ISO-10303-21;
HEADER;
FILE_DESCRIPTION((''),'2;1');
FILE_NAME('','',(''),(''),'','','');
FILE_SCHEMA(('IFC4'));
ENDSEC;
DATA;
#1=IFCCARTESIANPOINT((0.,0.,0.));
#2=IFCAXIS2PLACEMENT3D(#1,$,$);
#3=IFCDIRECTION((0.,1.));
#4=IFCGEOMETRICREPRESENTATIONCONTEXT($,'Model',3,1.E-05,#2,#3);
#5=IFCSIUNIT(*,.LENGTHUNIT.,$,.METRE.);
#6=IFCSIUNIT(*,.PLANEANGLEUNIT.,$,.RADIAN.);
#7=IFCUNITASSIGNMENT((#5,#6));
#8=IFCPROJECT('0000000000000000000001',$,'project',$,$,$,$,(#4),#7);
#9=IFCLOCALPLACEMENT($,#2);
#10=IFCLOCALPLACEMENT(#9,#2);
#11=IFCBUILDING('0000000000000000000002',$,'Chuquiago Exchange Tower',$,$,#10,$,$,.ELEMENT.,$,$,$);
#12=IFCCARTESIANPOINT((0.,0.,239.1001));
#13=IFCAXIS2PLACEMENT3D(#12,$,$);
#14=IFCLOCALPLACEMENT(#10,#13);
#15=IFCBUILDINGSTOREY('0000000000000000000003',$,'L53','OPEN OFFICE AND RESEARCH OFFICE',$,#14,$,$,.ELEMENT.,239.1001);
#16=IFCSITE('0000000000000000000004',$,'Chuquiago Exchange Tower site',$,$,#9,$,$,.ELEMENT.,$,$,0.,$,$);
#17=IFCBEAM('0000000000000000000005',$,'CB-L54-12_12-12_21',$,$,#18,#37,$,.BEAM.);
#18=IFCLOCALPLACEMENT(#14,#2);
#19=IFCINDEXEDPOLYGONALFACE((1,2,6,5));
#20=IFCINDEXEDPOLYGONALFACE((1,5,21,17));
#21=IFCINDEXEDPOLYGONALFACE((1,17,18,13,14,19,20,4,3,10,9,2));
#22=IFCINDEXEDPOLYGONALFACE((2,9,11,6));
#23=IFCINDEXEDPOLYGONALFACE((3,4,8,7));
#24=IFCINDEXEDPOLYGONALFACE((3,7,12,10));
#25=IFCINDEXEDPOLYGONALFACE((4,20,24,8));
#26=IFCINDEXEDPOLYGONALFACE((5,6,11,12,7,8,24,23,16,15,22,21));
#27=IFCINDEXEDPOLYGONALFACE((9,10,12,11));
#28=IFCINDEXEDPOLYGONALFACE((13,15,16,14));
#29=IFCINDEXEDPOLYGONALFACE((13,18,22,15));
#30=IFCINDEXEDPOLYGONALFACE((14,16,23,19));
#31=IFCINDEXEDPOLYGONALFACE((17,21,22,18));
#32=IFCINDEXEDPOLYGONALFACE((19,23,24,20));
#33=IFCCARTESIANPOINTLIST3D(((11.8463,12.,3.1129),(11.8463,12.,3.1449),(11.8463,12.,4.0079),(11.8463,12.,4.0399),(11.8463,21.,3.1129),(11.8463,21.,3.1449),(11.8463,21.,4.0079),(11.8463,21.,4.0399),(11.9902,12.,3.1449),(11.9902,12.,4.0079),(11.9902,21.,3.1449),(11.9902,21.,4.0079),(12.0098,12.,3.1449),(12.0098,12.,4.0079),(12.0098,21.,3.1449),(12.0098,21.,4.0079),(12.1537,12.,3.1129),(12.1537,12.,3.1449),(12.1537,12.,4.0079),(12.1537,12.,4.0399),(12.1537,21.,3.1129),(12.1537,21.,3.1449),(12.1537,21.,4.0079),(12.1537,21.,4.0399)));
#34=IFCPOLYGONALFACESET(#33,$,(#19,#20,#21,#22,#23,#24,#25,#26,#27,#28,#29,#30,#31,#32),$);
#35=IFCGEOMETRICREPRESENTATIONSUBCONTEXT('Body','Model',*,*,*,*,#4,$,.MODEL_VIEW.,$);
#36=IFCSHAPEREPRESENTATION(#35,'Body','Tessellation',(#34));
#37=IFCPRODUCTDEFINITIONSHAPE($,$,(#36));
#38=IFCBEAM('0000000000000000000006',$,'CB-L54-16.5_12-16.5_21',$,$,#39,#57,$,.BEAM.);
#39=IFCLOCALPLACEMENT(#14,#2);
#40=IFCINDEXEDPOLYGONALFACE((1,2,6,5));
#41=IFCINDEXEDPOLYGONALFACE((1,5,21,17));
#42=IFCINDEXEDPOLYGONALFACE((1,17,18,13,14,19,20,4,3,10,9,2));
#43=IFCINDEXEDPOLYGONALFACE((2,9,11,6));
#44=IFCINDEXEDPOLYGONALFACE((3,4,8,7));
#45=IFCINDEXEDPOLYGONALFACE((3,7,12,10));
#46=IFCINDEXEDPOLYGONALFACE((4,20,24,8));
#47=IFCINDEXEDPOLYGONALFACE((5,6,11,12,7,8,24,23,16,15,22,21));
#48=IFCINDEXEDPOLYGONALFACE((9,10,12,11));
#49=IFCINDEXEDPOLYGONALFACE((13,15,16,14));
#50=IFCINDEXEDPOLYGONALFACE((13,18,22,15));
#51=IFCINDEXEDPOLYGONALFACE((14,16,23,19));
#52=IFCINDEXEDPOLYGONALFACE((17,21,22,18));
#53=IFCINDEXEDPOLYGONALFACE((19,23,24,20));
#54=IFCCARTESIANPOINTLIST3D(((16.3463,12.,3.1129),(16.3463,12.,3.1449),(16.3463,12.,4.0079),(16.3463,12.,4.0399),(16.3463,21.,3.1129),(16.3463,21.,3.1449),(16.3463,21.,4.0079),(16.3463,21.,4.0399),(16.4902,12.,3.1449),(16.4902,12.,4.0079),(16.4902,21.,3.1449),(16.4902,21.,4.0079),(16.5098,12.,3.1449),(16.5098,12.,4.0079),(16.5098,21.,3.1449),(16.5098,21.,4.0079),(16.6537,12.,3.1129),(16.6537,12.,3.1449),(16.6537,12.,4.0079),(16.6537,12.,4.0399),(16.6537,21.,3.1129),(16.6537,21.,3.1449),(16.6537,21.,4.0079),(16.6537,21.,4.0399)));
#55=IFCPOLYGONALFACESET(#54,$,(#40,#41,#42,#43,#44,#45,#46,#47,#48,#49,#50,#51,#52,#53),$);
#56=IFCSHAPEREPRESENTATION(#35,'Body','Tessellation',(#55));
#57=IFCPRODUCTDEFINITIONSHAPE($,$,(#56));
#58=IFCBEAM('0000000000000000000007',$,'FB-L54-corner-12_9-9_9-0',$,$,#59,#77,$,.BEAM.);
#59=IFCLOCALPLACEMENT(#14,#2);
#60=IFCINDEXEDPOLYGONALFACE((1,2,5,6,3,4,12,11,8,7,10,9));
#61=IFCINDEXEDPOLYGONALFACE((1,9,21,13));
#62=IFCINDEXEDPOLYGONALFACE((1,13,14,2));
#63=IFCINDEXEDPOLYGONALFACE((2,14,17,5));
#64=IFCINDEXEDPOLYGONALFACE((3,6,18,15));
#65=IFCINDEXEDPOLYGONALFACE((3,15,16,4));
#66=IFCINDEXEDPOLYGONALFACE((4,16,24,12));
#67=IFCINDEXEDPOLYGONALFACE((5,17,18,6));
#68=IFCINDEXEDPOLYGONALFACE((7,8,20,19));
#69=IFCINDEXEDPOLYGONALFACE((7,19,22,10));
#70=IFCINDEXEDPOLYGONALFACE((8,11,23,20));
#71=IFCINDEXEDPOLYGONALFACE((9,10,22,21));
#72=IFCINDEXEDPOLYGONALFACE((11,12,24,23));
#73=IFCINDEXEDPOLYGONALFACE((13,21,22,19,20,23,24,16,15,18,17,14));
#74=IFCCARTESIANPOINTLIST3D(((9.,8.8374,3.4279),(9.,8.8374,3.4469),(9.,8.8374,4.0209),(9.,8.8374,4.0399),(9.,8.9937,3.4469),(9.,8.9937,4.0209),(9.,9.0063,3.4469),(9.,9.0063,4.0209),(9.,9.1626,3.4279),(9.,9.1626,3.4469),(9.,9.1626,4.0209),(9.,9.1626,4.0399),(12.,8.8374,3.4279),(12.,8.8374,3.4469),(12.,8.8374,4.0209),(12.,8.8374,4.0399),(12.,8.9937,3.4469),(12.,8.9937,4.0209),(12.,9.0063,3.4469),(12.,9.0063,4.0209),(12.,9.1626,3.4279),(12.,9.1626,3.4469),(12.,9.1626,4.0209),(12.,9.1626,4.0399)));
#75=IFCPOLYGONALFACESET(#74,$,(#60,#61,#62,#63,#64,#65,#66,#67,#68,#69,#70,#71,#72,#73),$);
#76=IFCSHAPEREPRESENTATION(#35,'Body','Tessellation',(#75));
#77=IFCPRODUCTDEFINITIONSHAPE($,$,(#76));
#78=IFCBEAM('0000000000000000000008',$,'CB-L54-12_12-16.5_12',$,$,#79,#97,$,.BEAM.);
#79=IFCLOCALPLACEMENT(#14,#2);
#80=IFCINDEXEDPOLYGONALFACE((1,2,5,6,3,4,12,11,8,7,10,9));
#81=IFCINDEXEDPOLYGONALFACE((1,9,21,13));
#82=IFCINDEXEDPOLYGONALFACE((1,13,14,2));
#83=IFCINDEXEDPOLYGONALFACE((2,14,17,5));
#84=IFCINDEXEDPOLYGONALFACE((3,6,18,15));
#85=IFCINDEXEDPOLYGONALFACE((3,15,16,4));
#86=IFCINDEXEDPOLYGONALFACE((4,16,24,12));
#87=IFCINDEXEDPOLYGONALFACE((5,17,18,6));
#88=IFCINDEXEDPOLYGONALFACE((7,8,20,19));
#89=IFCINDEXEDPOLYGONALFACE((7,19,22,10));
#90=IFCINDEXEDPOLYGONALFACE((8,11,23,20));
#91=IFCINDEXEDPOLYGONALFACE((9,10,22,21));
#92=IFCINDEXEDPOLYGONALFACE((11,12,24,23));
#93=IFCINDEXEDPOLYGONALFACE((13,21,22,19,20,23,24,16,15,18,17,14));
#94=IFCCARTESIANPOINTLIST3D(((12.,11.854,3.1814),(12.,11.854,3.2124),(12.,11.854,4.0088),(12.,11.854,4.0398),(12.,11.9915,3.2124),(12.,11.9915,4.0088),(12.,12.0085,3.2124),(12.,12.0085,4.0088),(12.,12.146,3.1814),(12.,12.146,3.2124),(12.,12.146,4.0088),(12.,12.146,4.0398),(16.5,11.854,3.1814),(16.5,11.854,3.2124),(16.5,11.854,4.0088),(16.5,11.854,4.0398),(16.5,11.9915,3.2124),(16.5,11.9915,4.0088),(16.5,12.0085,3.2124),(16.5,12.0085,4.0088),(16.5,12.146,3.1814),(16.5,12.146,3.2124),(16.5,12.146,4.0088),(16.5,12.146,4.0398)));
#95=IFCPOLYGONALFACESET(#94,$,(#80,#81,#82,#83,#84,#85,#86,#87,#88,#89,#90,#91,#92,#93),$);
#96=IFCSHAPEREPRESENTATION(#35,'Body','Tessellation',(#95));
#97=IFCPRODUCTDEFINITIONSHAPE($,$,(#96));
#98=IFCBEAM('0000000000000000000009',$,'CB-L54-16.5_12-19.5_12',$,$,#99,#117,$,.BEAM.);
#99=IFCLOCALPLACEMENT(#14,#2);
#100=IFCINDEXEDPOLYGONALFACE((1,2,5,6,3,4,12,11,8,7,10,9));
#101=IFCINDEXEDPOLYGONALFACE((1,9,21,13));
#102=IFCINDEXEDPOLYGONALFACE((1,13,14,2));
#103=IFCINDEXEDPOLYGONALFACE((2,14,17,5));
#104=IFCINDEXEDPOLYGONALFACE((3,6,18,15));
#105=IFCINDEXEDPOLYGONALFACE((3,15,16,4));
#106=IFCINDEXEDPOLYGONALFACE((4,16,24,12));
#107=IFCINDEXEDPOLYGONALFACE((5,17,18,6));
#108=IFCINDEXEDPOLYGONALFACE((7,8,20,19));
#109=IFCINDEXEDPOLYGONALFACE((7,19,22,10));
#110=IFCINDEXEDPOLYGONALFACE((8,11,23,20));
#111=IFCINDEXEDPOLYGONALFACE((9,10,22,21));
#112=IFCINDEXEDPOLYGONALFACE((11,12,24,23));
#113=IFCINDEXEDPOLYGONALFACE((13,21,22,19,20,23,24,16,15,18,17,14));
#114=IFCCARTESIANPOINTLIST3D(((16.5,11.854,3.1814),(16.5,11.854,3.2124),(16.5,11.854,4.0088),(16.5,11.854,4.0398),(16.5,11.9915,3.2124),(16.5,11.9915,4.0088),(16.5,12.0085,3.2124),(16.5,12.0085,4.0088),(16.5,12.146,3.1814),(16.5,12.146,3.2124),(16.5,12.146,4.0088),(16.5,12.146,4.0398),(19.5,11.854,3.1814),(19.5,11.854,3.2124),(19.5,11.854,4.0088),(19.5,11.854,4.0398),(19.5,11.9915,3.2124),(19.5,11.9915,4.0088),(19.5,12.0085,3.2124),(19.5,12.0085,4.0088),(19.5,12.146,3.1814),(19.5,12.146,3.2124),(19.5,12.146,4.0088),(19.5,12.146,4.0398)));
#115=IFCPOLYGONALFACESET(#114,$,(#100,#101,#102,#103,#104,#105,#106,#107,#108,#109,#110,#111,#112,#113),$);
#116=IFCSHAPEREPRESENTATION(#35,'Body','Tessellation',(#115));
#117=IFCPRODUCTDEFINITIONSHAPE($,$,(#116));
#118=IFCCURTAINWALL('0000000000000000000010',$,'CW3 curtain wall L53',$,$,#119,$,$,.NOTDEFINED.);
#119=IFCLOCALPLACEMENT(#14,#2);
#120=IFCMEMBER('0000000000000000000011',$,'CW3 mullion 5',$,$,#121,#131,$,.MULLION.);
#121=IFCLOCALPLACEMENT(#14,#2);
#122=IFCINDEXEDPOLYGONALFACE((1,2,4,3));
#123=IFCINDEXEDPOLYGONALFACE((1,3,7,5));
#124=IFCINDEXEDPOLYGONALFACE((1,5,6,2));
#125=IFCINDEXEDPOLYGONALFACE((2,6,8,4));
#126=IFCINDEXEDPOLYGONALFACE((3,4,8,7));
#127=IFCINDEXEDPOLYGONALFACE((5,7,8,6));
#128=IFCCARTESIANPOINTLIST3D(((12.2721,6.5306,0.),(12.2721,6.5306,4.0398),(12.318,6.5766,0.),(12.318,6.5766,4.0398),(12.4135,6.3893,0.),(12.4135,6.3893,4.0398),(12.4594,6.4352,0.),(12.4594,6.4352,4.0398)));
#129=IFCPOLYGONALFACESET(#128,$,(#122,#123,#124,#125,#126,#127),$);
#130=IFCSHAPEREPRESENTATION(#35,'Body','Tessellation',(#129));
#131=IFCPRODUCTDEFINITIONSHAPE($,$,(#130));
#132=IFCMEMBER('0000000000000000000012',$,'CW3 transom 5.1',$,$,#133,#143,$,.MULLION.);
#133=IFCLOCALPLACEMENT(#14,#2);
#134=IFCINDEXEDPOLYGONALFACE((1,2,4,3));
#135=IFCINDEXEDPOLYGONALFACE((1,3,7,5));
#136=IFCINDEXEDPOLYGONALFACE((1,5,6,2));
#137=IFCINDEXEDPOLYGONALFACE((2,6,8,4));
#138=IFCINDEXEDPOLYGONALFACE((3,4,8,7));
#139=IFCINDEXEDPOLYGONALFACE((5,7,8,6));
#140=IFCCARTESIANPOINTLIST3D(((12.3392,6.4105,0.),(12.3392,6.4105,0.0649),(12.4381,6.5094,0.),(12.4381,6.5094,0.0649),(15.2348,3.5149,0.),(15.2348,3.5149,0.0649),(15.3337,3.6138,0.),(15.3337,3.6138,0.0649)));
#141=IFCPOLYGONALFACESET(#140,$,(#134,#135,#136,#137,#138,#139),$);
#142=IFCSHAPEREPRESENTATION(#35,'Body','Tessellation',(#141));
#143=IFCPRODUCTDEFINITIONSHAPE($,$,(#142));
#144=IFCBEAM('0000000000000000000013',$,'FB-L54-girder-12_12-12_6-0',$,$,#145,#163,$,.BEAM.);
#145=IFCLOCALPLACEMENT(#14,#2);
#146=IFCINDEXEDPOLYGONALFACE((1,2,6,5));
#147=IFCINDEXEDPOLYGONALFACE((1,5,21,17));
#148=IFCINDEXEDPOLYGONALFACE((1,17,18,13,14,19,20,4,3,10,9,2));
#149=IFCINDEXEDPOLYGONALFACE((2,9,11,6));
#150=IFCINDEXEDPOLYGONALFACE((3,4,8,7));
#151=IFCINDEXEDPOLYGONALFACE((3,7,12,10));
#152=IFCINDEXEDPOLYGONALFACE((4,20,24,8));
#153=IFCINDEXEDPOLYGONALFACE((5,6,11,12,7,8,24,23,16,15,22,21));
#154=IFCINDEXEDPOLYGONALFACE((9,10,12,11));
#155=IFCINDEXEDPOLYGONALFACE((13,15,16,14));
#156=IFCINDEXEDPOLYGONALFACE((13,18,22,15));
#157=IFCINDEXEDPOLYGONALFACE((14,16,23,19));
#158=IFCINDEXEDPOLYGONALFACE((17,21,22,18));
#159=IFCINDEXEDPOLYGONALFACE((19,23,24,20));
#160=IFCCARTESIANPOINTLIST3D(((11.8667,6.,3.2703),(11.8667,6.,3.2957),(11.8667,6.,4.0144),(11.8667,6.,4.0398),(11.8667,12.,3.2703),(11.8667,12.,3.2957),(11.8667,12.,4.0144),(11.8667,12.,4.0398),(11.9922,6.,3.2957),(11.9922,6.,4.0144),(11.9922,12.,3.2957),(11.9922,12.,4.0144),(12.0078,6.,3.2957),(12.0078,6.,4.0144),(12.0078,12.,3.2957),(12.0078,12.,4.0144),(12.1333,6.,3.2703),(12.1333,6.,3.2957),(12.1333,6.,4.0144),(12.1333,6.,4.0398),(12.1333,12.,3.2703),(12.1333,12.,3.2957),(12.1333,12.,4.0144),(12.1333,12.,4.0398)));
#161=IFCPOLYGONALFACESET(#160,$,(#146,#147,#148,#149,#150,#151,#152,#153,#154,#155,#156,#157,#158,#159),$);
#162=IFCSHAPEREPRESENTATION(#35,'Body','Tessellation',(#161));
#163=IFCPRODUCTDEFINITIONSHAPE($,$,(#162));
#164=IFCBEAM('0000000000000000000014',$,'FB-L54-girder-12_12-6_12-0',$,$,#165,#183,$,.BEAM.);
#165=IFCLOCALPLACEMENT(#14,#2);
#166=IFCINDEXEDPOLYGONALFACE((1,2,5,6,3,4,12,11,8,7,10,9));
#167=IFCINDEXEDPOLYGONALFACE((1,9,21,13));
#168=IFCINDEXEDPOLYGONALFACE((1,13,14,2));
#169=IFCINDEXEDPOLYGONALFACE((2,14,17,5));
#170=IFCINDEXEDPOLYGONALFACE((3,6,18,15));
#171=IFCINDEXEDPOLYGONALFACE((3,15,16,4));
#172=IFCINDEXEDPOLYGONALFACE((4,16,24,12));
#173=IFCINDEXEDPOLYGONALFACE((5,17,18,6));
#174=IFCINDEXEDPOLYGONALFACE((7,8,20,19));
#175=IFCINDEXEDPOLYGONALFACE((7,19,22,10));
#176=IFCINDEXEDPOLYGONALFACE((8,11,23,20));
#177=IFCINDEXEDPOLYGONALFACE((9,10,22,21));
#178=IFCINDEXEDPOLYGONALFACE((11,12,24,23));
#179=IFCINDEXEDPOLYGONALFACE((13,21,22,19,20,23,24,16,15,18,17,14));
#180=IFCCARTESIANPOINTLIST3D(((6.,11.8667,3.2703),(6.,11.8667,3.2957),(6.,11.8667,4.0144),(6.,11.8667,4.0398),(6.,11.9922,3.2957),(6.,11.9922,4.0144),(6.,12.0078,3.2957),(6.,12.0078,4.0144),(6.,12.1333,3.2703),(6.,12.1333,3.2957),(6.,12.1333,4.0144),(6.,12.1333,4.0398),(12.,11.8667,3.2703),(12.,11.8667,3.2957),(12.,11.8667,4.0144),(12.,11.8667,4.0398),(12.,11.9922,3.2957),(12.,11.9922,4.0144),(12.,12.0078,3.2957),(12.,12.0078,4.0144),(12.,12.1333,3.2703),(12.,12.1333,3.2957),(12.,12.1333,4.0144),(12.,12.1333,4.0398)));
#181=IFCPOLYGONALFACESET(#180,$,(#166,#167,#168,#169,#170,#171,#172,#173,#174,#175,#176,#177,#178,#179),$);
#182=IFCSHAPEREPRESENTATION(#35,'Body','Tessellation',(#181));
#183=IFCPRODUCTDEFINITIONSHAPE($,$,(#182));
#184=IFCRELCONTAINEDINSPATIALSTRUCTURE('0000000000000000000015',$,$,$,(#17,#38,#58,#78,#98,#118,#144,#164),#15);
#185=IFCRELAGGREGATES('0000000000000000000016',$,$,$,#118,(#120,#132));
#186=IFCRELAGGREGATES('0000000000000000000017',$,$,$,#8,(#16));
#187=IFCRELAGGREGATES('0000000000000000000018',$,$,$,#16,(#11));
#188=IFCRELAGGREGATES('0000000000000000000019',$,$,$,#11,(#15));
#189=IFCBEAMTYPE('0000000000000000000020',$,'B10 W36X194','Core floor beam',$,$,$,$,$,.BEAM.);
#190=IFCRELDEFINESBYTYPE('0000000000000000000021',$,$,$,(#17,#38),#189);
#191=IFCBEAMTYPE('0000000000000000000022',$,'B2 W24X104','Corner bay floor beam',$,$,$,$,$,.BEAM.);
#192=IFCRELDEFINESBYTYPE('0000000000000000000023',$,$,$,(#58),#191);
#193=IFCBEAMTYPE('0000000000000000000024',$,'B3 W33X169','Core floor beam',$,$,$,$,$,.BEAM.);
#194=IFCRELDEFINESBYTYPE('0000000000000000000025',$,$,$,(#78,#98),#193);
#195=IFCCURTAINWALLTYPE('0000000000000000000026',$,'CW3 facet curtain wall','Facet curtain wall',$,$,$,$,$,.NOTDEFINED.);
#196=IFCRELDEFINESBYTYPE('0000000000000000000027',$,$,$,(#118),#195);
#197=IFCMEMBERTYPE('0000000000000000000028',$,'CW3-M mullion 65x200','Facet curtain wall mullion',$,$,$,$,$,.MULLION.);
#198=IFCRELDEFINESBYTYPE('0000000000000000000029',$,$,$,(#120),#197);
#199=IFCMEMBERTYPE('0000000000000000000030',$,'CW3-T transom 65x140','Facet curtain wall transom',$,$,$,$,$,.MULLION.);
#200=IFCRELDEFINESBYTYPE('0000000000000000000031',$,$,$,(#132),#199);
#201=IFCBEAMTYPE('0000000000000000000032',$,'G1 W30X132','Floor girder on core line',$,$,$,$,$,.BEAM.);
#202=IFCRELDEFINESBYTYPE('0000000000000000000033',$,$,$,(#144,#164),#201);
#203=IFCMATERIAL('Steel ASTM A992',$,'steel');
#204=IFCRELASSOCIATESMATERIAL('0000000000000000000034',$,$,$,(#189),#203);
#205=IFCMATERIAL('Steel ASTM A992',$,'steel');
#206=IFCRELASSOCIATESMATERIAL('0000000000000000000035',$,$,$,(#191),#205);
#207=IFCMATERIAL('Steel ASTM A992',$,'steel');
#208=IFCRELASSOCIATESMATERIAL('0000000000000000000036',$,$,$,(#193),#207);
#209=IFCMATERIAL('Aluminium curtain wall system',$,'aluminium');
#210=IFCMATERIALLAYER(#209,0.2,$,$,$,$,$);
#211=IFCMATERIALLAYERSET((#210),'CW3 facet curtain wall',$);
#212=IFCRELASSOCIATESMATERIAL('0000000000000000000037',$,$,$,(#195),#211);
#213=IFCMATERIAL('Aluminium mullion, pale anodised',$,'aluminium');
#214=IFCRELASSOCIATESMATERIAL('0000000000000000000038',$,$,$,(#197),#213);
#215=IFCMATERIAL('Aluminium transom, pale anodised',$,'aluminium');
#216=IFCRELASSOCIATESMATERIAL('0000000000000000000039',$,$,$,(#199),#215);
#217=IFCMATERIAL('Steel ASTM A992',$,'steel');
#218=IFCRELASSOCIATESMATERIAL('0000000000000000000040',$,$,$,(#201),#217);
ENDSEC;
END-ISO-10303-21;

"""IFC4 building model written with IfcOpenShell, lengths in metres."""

from ifc_helpers import new_model, si_unit, direction, frame, origin, origin_2d, place, context, subcontext, project, spatial, rectangle, i_section, extrude, material, layer, layer_set, material_profile, profile_set, type_object, element, aggregate, save


model = new_model("IFC4")

# Units and contexts
model_context = context("Model", 3, precision=1e-05, world=origin(), true_north=direction((0.0, 1.0)))
body_context = subcontext(model_context, "Body", "Model", "MODEL_VIEW")
ifc_project = project(units=[si_unit("LENGTHUNIT", "METRE"), si_unit("PLANEANGLEUNIT", "RADIAN")], contexts=[model_context])

# Site, building, storey
site_placement = place(None, origin())
site = spatial("IfcSite", under=ifc_project, at=site_placement, Name="Chuquiago Exchange Tower site", CompositionType="ELEMENT", RefElevation=0.0)
building_placement = place(site_placement, origin())
building = spatial("IfcBuilding", under=site, at=building_placement, Name="Chuquiago Exchange Tower", CompositionType="ELEMENT")
storey_placement = place(building_placement, frame((0.0, 0.0, 239.1001)))
storey = spatial("IfcBuildingStorey", under=building, at=storey_placement, Name="L53", Description="OPEN OFFICE AND RESEARCH OFFICE", CompositionType="ELEMENT", Elevation=239.1001)

# Beams
ifc_material_1 = material(Name="Steel ASTM A992", Category="steel")
ifc_material_profile_1 = material_profile(ifc_material_1, i_section(OverallWidth=0.3074, OverallDepth=0.927, WebThickness=0.0195, FlangeThickness=0.032, at=origin_2d()), Name="W36X194")
ifc_profile_set_1 = profile_set([ifc_material_profile_1], Name="Steel ASTM A992")
beam_type_1 = type_object("IfcBeamType", Name="B10 W36X194", Description="Core floor beam", PredefinedType="BEAM", material=ifc_profile_set_1)
for number, where, z_axis, x_axis, name in (
    (1, (12.0, 12.0, 3.5764), (0.0, 1.0, 0.0), (-1.0, 0.0, 0.0), "CB-L54-12_12-12_21"),
    (2, (16.5, 12.0, 3.5764), (0.0, 1.0, 0.0), (-1.0, 0.0, 0.0), "CB-L54-16.5_12-16.5_21"),
):
    element("IfcBeam", number, at=place(storey_placement, frame(where, z_axis=z_axis, x_axis=x_axis)), inside=storey, type_object=beam_type_1, Name=name, PredefinedType="BEAM", context=body_context, shape_type="SweptSolid", body=[
        extrude(i_section(OverallWidth=0.3074, OverallDepth=0.927, WebThickness=0.0195, FlangeThickness=0.032, at=origin_2d()), origin(), (0.0, 0.0, 1.0), 9.0),
    ])
ifc_material_2 = material(Name="Steel ASTM A992", Category="steel")
ifc_material_profile_2 = material_profile(ifc_material_2, i_section(OverallWidth=0.3252, OverallDepth=0.6121, WebThickness=0.0127, FlangeThickness=0.019, at=origin_2d()), Name="W24X104")
ifc_profile_set_2 = profile_set([ifc_material_profile_2], Name="Steel ASTM A992")
beam_type_2 = type_object("IfcBeamType", Name="B2 W24X104", Description="Corner bay floor beam", PredefinedType="BEAM", material=ifc_profile_set_2)
beam_1_placement = place(storey_placement, frame((12.0, 9.0, 3.7339), z_axis=(-1.0, 0.0, 0.0), x_axis=(0.0, -1.0, 0.0)))
element("IfcBeam", 3, at=beam_1_placement, inside=storey, type_object=beam_type_2, Name="FB-L54-corner-12_9-9_9-0", PredefinedType="BEAM", context=body_context, shape_type="SweptSolid", body=[
    extrude(i_section(OverallWidth=0.3252, OverallDepth=0.6121, WebThickness=0.0127, FlangeThickness=0.019, at=origin_2d()), origin(), (0.0, 0.0, 1.0), 3.0),
])
ifc_material_3 = material(Name="Steel ASTM A992", Category="steel")
ifc_material_profile_3 = material_profile(ifc_material_3, i_section(OverallWidth=0.292, OverallDepth=0.8584, WebThickness=0.0171, FlangeThickness=0.031, at=origin_2d()), Name="W33X169")
ifc_profile_set_3 = profile_set([ifc_material_profile_3], Name="Steel ASTM A992")
beam_type_3 = type_object("IfcBeamType", Name="B3 W33X169", Description="Core floor beam", PredefinedType="BEAM", material=ifc_profile_set_3)
beam_2_placement = place(storey_placement, frame((12.0, 12.0, 3.6106), z_axis=(1.0, 0.0, 0.0), x_axis=(0.0, 1.0, 0.0)))
element("IfcBeam", 4, at=beam_2_placement, inside=storey, type_object=beam_type_3, Name="CB-L54-12_12-16.5_12", PredefinedType="BEAM", context=body_context, shape_type="SweptSolid", body=[
    extrude(i_section(OverallWidth=0.292, OverallDepth=0.8584, WebThickness=0.0171, FlangeThickness=0.031, at=origin_2d()), origin(), (0.0, 0.0, 1.0), 4.5),
])
beam_3_placement = place(storey_placement, frame((16.5, 12.0, 3.6106), z_axis=(1.0, 0.0, 0.0), x_axis=(0.0, 1.0, 0.0)))
element("IfcBeam", 5, at=beam_3_placement, inside=storey, type_object=beam_type_3, Name="CB-L54-16.5_12-19.5_12", PredefinedType="BEAM", context=body_context, shape_type="SweptSolid", body=[
    extrude(i_section(OverallWidth=0.292, OverallDepth=0.8584, WebThickness=0.0171, FlangeThickness=0.031, at=origin_2d()), origin(), (0.0, 0.0, 1.0), 3.0),
])

# Curtain wall, members
ifc_material_4 = material(Name="Aluminium curtain wall system", Category="aluminium")
ifc_layer_1 = layer(ifc_material_4, 0.2)
ifc_layer_set_1 = layer_set([ifc_layer_1], Name="CW3 facet curtain wall")
curtain_wall_type = type_object("IfcCurtainWallType", Name="CW3 facet curtain wall", Description="Facet curtain wall", PredefinedType="NOTDEFINED", material=ifc_layer_set_1)
curtain_wall_placement = place(storey_placement, origin())
curtain_wall = element("IfcCurtainWall", 6, at=curtain_wall_placement, inside=storey, type_object=curtain_wall_type, Name="CW3 curtain wall L53", PredefinedType="NOTDEFINED")
ifc_material_5 = material(Name="Aluminium mullion, pale anodised", Category="aluminium")
ifc_material_profile_4 = material_profile(ifc_material_5, rectangle(XDim=0.0649, YDim=0.2, at=origin_2d()), Name="AL 65x200")
ifc_profile_set_4 = profile_set([ifc_material_profile_4], Name="Aluminium mullion, pale anodised")
member_type_1 = type_object("IfcMemberType", Name="CW3-M mullion 65x200", Description="Facet curtain wall mullion", PredefinedType="MULLION", material=ifc_profile_set_4)
member_1_placement = place(storey_placement, frame((12.3657, 6.4829, 0.0), z_axis=(0.0, 0.0, 1.0), x_axis=(0.707107, 0.707107, 0.0)))
member_1 = element("IfcMember", 7, at=member_1_placement, type_object=member_type_1, Name="CW3 mullion 5", PredefinedType="MULLION", context=body_context, shape_type="SweptSolid", body=[
    extrude(rectangle(XDim=0.0649, YDim=0.2, at=origin_2d()), origin(), (0.0, 0.0, 1.0), 4.0398),
])
ifc_material_6 = material(Name="Aluminium transom, pale anodised", Category="aluminium")
ifc_material_profile_5 = material_profile(ifc_material_6, rectangle(XDim=0.1399, YDim=0.0649, at=origin_2d()), Name="AL 140x65")
ifc_profile_set_5 = profile_set([ifc_material_profile_5], Name="Aluminium transom, pale anodised")
member_type_2 = type_object("IfcMemberType", Name="CW3-T transom 65x140", Description="Facet curtain wall transom", PredefinedType="MULLION", material=ifc_profile_set_5)
member_2_placement = place(storey_placement, frame((12.3887, 6.46, 0.0325), z_axis=(0.707107, -0.707107, 0.0), x_axis=(0.707107, 0.707107, 0.0)))
member_2 = element("IfcMember", 8, at=member_2_placement, type_object=member_type_2, Name="CW3 transom 5.1", PredefinedType="MULLION", context=body_context, shape_type="SweptSolid", body=[
    extrude(rectangle(XDim=0.1399, YDim=0.0649, at=origin_2d()), origin(), (0.0, 0.0, 1.0), 4.095),
])
aggregate(curtain_wall, [member_1, member_2])

# Beams
ifc_material_7 = material(Name="Steel ASTM A992", Category="steel")
ifc_material_profile_6 = material_profile(ifc_material_7, i_section(OverallWidth=0.2666, OverallDepth=0.7695, WebThickness=0.0156, FlangeThickness=0.0254, at=origin_2d()), Name="W30X132")
ifc_profile_set_6 = profile_set([ifc_material_profile_6], Name="Steel ASTM A992")
beam_type_4 = type_object("IfcBeamType", Name="G1 W30X132", Description="Floor girder on core line", PredefinedType="BEAM", material=ifc_profile_set_6)
for number, where, z_axis, x_axis, name in (
    (9, (12.0, 12.0, 3.655), (0.0, -1.0, 0.0), (1.0, 0.0, 0.0), "FB-L54-girder-12_12-12_6-0"),
    (10, (12.0, 12.0, 3.655), (-1.0, 0.0, 0.0), (0.0, -1.0, 0.0), "FB-L54-girder-12_12-6_12-0"),
):
    element("IfcBeam", number, at=place(storey_placement, frame(where, z_axis=z_axis, x_axis=x_axis)), inside=storey, type_object=beam_type_4, Name=name, PredefinedType="BEAM", context=body_context, shape_type="SweptSolid", body=[
        extrude(i_section(OverallWidth=0.2666, OverallDepth=0.7695, WebThickness=0.0156, FlangeThickness=0.0254, at=origin_2d()), origin(), (0.0, 0.0, 1.0), 6.0),
    ])

save(model, "model.ifc")
